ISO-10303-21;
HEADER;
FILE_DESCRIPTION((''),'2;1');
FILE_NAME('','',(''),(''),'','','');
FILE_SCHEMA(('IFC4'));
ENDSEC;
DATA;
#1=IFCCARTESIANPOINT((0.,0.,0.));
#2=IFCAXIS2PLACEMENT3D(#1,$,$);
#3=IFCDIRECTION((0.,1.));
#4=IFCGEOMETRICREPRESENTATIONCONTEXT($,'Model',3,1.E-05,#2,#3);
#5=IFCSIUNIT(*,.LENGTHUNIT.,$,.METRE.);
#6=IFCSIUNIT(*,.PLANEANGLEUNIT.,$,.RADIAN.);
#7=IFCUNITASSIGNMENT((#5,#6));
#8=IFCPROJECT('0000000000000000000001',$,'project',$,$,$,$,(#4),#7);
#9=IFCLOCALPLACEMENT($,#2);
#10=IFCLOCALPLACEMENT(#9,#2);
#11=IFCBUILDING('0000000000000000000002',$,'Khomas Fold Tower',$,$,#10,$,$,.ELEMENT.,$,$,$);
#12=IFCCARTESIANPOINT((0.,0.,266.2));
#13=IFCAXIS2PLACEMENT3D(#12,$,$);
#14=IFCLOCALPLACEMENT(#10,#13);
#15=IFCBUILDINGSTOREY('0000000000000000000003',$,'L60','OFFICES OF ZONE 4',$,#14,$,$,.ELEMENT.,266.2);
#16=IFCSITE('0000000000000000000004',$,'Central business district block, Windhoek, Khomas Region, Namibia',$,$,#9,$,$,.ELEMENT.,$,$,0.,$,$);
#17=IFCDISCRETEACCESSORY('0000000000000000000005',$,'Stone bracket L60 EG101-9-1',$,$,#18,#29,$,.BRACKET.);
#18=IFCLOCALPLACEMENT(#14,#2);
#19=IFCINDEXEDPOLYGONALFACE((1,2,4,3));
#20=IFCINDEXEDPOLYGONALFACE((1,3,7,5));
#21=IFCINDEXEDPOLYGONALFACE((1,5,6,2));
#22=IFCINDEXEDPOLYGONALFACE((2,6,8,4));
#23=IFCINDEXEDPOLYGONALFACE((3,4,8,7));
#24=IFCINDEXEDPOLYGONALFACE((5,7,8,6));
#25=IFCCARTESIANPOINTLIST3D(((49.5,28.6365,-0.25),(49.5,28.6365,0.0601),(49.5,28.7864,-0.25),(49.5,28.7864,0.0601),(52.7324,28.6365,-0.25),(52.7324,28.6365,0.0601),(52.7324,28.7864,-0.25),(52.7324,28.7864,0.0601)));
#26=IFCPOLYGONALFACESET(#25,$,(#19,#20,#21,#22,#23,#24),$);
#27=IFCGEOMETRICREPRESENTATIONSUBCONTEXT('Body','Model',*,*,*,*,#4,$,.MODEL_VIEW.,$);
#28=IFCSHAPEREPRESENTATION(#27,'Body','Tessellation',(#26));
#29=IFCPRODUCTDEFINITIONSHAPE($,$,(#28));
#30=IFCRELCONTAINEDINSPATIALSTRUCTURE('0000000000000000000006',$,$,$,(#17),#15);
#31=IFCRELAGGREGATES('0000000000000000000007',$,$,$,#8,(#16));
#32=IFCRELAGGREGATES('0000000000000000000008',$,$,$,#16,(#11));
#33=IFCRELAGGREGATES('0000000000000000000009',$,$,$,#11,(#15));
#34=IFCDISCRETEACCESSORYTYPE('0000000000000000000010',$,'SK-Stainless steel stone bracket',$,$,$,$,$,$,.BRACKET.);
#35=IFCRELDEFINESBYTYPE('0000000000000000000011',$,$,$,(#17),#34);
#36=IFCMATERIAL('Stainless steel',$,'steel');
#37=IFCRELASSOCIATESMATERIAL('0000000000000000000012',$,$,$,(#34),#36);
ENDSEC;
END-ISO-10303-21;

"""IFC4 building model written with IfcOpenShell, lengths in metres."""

from ifc_helpers import new_model, si_unit, direction, frame, origin, origin_2d, place, context, subcontext, project, spatial, rectangle, extrude, source, transform, mapped, material, type_object, element, save


model = new_model("IFC4")

# Units and contexts
model_context = context("Model", 3, precision=1e-05, world=origin(), true_north=direction((0.0, 1.0)))
body_context = subcontext(model_context, "Body", "Model", "MODEL_VIEW")
ifc_project = project(units=[si_unit("LENGTHUNIT", "METRE"), si_unit("PLANEANGLEUNIT", "RADIAN")], contexts=[model_context])

# Site, building, storey
site_placement = place(None, origin())
site = spatial("IfcSite", under=ifc_project, at=site_placement, Name="Central business district block, Windhoek, Khomas Region, Namibia", CompositionType="ELEMENT", RefElevation=0.0)
building_placement = place(site_placement, origin())
building = spatial("IfcBuilding", under=site, at=building_placement, Name="Khomas Fold Tower", CompositionType="ELEMENT")
storey_placement = place(building_placement, frame((0.0, 0.0, 266.2)))
storey = spatial("IfcBuildingStorey", under=building, at=storey_placement, Name="L60", Description="OFFICES OF ZONE 4", CompositionType="ELEMENT", Elevation=266.2)

# Discrete accessory
ifc_material_1 = material(Name="Stainless steel", Category="steel")
discrete_accessory_type = type_object("IfcDiscreteAccessoryType", Name="SK-Stainless steel stone bracket", PredefinedType="BRACKET", material=ifc_material_1)
shared_shape_1 = source(origin(), body_context, "Body", "SweptSolid", [
    extrude(rectangle(XDim=3.2324, YDim=0.1499, at=origin_2d()), origin(), (0.0, 0.0, 1.0), 0.3101),
])
for number, where, z_axis, x_axis, name in (
    (1, (51.1162, 28.7114, -0.25), (0.0, 0.0, 1.0), (1.0, 0.0, 0.0), "Stone bracket L60 EG101-9-1"),
):
    element("IfcDiscreteAccessory", number, at=place(storey_placement, frame(where, z_axis=z_axis, x_axis=x_axis)), inside=storey, type_object=discrete_accessory_type, Name=name, PredefinedType="BRACKET", context=body_context, shape_type="MappedRepresentation", body=[
        mapped(shared_shape_1, transform((0.0, 0.0, 0.0))),
    ])

save(model, "model.ifc")
